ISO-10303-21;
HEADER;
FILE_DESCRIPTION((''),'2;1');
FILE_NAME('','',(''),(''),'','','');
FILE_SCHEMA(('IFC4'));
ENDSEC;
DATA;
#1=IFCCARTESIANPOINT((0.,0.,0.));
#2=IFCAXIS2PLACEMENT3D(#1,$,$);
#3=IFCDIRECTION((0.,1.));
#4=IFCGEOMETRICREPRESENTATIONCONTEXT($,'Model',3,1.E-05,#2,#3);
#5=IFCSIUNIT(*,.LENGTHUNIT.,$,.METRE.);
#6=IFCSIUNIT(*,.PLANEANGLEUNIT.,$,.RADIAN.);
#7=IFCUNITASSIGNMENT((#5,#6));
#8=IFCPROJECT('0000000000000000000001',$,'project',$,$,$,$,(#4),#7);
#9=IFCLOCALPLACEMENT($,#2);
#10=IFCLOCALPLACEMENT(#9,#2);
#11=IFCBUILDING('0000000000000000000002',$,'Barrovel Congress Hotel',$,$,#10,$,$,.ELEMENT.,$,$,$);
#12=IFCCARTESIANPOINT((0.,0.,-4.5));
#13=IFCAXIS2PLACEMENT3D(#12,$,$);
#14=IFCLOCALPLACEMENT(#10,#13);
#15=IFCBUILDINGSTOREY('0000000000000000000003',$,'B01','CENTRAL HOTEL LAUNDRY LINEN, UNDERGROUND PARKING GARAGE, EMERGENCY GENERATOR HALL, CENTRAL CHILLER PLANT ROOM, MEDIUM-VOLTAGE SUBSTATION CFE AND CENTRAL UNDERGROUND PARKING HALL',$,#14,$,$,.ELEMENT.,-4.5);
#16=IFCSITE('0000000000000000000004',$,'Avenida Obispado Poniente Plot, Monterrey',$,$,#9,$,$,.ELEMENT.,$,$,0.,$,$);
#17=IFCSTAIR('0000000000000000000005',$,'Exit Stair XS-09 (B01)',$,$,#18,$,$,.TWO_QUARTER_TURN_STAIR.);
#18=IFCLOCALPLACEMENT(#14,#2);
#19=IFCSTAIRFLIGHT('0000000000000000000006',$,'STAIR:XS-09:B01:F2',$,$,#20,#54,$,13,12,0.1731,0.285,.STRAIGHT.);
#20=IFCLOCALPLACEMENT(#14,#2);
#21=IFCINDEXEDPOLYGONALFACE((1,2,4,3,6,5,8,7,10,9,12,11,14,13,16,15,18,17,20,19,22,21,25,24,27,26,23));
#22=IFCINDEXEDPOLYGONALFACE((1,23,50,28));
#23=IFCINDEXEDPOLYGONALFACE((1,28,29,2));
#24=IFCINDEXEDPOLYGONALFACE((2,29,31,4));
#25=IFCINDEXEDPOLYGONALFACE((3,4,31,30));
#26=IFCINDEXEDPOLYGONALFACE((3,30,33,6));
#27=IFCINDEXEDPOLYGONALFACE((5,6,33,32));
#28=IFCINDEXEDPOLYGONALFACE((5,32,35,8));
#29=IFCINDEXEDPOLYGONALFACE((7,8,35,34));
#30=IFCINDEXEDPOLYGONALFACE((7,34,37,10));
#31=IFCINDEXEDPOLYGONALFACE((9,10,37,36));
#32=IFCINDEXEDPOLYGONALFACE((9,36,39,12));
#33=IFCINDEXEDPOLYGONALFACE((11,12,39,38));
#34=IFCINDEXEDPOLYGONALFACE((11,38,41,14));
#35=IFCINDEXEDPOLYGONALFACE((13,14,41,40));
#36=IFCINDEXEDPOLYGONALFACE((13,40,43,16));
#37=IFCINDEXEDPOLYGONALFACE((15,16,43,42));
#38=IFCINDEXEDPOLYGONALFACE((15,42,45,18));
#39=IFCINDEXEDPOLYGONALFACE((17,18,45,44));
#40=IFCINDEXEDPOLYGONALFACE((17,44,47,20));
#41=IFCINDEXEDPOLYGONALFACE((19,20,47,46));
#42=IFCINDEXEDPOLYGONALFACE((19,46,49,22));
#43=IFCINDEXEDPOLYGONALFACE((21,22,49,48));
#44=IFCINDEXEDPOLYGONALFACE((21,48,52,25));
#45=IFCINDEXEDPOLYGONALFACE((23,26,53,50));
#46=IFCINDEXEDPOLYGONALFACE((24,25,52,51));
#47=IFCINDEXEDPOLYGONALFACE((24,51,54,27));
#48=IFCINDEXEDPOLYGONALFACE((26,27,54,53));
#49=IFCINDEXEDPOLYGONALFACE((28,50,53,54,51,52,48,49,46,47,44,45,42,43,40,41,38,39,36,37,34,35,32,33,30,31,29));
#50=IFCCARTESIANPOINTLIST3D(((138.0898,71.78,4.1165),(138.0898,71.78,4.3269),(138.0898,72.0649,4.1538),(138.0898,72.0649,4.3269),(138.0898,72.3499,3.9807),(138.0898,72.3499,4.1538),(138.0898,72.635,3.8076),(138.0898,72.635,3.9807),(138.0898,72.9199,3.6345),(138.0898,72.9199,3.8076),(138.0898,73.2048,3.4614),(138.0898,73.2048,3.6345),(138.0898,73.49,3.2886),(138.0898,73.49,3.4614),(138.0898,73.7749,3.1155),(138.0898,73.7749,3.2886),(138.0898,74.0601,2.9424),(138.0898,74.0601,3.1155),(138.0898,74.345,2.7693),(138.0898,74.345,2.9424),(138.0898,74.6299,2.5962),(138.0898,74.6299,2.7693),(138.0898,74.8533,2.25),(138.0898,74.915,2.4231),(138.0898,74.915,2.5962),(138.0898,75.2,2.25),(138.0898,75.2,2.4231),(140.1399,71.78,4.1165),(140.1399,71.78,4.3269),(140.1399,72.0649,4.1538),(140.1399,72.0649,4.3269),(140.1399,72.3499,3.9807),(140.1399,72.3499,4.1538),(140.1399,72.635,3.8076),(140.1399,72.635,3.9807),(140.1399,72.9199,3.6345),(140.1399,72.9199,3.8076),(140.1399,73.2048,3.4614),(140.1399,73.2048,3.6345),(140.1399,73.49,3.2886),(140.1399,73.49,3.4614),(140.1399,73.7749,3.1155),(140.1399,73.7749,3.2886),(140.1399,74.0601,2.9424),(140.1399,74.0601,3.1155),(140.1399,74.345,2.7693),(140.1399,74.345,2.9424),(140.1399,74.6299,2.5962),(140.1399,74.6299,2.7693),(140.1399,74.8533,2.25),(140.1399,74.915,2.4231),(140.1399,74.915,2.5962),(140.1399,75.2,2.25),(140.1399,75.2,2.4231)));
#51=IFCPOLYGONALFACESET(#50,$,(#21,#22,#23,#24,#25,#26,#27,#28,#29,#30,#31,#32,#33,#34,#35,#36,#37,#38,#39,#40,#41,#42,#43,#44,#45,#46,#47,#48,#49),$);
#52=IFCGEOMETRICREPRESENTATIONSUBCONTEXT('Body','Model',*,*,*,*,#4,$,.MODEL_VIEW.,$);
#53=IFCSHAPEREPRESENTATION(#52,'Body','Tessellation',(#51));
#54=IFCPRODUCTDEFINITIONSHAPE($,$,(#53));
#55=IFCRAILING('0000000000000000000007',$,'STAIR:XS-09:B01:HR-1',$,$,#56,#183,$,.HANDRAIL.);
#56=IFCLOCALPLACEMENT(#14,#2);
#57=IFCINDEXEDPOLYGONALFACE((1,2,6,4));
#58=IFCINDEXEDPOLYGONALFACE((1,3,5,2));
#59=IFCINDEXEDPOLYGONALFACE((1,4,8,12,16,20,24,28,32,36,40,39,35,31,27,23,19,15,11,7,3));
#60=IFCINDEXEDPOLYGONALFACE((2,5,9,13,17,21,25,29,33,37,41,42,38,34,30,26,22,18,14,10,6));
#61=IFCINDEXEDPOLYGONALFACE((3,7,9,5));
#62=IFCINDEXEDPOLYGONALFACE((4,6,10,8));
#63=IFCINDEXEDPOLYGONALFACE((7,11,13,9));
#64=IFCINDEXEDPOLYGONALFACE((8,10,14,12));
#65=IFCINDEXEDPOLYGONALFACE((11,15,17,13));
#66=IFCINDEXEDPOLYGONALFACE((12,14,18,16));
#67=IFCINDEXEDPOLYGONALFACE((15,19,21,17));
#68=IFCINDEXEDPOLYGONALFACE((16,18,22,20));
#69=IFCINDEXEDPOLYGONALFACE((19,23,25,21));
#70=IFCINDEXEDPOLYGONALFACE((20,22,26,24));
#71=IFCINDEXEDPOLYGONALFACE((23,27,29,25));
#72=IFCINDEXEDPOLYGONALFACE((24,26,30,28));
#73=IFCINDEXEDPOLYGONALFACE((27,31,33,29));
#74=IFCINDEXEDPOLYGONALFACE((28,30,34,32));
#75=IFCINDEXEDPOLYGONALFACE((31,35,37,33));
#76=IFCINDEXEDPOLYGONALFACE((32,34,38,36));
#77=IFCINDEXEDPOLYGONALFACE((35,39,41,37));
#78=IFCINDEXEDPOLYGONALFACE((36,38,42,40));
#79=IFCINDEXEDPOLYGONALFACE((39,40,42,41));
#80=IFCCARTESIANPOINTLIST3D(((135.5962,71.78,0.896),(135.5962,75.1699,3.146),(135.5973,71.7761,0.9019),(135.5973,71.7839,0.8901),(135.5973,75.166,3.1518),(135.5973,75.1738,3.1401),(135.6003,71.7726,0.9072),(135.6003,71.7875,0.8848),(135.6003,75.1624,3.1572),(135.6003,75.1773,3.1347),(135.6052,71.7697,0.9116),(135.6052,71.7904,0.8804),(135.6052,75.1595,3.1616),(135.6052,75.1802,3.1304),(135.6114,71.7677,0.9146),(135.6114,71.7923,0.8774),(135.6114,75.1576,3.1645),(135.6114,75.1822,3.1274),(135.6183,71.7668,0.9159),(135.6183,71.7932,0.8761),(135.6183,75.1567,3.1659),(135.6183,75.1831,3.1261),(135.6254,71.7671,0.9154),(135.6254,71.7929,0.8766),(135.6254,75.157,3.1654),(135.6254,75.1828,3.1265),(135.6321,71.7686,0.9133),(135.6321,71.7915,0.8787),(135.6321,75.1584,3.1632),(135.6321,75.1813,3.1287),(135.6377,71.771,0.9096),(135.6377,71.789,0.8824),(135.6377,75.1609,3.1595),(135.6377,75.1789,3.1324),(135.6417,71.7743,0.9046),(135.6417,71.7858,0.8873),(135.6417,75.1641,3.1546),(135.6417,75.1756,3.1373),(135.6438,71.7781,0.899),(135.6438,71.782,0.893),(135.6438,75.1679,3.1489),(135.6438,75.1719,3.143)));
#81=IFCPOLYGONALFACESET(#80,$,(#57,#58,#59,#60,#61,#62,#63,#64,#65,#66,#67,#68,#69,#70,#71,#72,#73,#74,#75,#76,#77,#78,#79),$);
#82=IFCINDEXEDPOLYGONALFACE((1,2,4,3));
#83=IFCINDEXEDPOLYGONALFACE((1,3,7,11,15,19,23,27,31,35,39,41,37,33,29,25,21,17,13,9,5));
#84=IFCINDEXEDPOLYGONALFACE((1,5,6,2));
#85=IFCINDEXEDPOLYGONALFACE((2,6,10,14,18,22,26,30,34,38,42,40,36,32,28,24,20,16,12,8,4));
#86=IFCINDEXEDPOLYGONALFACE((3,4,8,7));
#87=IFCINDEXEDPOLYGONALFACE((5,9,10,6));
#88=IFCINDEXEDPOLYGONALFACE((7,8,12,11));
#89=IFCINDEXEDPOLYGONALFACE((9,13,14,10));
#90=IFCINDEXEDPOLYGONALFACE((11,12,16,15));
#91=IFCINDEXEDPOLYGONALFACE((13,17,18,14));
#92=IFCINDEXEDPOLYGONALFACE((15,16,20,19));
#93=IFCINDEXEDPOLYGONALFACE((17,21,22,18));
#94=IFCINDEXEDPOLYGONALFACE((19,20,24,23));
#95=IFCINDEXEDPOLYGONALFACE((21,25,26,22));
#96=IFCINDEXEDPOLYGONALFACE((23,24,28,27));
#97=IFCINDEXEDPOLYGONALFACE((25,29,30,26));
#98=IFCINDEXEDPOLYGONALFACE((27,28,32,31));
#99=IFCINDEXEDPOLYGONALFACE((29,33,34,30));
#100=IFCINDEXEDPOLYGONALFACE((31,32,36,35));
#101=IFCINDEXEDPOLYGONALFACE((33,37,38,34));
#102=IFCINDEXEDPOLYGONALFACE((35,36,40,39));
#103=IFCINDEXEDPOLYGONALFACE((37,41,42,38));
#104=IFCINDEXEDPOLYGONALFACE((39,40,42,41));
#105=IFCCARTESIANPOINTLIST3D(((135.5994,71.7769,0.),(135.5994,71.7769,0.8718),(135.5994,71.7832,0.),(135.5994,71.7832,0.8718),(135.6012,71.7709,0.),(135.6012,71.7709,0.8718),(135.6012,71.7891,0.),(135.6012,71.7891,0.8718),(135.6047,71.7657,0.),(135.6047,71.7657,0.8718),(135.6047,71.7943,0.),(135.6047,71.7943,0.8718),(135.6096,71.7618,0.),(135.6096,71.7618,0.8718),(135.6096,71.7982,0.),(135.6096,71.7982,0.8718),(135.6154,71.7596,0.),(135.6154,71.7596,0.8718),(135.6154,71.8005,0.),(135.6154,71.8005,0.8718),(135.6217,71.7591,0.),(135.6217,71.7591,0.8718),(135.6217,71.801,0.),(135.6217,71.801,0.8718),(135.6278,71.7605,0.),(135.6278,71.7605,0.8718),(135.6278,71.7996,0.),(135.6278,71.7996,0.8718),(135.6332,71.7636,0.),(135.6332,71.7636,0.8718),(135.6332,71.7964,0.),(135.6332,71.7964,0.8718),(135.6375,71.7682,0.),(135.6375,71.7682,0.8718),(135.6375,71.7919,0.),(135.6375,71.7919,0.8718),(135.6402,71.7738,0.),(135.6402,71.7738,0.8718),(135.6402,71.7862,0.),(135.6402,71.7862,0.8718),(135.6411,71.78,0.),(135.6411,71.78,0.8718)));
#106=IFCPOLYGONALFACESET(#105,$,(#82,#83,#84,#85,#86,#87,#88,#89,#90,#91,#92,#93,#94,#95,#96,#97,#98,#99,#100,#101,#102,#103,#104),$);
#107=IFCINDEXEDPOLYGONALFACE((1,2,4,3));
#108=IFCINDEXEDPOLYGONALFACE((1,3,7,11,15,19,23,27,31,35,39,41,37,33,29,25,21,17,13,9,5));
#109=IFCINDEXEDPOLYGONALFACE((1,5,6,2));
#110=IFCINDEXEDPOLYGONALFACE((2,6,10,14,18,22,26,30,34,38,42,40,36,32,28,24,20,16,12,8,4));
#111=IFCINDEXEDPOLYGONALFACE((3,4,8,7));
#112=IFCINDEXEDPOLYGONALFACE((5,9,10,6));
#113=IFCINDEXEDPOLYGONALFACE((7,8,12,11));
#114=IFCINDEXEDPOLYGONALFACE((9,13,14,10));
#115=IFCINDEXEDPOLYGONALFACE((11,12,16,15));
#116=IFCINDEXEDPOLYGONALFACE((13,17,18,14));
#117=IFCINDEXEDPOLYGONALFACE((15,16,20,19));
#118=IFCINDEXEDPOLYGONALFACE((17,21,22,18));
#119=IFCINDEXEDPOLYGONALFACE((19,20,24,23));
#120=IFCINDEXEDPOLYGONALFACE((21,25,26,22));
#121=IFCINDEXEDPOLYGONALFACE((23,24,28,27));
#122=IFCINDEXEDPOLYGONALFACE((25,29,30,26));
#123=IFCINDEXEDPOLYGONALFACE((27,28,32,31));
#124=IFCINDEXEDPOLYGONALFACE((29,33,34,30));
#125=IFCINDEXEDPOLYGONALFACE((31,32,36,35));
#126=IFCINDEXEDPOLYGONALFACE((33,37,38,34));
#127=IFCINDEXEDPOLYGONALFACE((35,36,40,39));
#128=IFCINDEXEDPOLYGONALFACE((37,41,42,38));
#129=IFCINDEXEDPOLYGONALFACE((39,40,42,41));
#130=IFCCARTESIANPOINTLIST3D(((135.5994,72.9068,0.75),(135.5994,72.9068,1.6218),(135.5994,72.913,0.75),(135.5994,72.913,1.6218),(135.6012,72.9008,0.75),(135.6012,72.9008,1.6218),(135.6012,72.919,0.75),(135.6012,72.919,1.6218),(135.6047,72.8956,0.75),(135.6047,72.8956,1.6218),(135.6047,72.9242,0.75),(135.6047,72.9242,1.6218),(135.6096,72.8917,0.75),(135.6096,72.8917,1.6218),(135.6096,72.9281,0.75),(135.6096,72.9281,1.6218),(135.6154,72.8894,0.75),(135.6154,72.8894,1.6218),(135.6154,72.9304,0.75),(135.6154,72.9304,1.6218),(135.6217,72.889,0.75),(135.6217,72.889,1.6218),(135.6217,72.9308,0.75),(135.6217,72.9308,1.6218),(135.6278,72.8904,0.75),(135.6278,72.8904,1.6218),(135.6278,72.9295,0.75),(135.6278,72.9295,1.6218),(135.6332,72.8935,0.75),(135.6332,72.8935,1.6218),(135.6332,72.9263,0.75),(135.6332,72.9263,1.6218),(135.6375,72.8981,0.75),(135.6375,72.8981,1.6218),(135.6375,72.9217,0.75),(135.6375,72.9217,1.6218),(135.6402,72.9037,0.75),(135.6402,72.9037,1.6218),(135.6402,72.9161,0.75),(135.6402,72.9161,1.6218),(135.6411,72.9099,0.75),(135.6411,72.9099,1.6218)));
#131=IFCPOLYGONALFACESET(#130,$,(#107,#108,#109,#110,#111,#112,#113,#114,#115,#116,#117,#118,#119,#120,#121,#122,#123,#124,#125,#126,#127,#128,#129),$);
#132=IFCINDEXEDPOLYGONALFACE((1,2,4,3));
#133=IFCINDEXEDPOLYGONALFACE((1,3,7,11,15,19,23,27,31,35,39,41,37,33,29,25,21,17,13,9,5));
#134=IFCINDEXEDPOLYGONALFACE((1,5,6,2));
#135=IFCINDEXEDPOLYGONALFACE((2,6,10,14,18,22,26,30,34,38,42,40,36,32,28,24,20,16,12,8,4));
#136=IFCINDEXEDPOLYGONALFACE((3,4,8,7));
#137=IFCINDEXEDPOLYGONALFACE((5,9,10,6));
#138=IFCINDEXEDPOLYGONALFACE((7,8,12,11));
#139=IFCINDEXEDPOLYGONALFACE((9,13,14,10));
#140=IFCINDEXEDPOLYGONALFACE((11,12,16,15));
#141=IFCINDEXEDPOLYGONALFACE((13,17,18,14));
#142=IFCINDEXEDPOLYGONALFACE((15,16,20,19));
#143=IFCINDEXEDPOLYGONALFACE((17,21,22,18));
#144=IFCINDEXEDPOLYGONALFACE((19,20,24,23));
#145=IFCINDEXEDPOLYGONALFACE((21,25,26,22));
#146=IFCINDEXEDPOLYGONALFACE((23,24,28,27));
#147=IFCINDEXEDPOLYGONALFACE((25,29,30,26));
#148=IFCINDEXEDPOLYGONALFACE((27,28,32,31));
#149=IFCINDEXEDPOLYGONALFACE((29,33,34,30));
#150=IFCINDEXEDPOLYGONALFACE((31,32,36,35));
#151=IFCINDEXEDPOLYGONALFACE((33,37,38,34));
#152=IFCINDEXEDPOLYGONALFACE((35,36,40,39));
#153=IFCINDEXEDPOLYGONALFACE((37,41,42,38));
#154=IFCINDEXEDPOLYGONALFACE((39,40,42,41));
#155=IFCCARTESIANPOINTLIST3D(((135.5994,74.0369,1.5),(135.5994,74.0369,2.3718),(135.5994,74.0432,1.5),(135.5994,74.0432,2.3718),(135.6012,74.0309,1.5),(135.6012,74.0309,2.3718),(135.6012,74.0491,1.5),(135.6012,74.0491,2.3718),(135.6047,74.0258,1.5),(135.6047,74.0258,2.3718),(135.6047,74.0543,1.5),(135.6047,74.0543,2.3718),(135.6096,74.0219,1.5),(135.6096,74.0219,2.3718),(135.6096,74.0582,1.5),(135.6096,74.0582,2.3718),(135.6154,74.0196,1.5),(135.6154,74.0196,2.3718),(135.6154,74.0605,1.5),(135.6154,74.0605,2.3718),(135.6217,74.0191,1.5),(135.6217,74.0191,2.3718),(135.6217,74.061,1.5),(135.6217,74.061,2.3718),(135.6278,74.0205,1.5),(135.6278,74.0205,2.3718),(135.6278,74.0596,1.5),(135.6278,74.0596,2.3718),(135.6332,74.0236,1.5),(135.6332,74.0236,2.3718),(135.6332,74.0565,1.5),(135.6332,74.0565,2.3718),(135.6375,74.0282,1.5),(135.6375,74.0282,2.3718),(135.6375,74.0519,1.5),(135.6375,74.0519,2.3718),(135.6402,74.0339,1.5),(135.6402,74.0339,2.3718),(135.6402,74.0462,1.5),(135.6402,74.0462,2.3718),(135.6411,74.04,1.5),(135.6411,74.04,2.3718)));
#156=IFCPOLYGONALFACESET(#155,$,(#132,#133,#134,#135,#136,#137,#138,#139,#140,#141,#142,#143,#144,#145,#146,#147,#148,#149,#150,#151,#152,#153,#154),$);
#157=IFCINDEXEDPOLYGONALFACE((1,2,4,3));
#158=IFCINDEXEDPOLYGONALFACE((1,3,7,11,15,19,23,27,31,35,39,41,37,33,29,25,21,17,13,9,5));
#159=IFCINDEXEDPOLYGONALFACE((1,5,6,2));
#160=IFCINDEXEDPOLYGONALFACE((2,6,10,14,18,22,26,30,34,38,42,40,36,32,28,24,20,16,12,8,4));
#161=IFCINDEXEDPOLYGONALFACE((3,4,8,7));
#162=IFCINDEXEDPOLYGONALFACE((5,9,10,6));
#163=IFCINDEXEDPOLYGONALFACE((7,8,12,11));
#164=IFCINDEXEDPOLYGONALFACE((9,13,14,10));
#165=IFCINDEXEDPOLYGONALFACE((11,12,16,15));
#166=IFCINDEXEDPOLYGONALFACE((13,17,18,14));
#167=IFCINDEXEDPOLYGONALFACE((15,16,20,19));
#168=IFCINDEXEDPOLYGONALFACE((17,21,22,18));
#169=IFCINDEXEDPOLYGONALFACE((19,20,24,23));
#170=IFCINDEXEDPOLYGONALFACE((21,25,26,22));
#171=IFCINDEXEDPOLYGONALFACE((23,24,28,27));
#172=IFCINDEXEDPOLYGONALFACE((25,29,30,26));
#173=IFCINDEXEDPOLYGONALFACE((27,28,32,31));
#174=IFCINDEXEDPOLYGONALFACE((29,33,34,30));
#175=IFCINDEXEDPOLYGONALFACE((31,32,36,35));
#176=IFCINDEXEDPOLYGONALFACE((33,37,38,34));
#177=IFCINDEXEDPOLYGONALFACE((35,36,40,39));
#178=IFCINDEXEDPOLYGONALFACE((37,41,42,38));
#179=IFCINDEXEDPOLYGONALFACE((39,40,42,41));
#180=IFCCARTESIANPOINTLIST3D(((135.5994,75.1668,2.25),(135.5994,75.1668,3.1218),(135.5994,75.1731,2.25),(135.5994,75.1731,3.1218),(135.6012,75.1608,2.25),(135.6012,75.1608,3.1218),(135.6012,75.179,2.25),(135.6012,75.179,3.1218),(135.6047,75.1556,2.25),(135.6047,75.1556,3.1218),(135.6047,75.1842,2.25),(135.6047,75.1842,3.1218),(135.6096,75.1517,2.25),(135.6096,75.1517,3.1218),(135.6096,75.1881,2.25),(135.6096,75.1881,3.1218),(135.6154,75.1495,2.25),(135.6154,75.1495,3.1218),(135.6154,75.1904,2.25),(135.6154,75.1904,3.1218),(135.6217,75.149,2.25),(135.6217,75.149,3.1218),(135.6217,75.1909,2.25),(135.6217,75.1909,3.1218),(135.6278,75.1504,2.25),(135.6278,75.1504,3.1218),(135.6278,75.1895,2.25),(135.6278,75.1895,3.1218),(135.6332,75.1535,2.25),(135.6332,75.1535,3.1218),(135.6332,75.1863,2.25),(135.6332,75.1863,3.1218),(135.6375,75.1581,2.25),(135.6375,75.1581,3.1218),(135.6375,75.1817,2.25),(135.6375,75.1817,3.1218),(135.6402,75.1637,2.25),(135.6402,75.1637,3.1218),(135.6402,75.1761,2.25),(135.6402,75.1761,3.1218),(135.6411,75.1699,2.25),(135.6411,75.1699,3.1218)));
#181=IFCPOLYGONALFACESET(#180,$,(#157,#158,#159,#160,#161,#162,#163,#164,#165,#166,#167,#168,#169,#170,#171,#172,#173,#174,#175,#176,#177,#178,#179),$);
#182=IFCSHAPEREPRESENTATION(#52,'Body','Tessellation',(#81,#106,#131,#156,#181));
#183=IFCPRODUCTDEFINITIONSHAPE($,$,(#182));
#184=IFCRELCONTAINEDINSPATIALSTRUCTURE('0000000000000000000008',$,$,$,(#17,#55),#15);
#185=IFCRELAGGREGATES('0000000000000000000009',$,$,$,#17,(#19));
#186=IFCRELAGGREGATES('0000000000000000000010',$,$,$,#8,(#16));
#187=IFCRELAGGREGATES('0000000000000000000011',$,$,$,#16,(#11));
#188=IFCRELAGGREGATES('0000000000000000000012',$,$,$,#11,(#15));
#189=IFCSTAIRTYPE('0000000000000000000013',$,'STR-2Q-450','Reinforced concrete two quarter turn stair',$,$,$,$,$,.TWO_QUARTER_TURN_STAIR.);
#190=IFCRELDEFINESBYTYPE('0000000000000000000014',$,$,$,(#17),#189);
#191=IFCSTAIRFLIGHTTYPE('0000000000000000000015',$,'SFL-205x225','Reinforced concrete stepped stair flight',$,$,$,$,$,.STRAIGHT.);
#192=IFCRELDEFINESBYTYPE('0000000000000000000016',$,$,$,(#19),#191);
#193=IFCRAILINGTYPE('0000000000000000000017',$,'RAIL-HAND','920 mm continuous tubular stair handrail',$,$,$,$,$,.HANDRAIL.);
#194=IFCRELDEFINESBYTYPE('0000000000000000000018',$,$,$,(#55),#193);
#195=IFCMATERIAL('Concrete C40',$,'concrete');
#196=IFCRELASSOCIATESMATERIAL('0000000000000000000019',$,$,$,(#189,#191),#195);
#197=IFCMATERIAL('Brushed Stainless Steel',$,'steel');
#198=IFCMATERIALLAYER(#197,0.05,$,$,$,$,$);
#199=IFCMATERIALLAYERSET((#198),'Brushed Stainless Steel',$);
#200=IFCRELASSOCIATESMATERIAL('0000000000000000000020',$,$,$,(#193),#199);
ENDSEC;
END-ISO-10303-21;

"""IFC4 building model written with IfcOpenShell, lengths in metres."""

from ifc_helpers import new_model, si_unit, direction, frame, origin, origin_2d, place, context, subcontext, project, spatial, polyline, circle, outline, extrude, material, layer, layer_set, type_object, element, aggregate, save


model = new_model("IFC4")

# Units and contexts
model_context = context("Model", 3, precision=1e-05, world=origin(), true_north=direction((0.0, 1.0)))
body_context = subcontext(model_context, "Body", "Model", "MODEL_VIEW")
ifc_project = project(units=[si_unit("LENGTHUNIT", "METRE"), si_unit("PLANEANGLEUNIT", "RADIAN")], contexts=[model_context])

# Site, building, storey
site_placement = place(None, origin())
site = spatial("IfcSite", under=ifc_project, at=site_placement, Name="Avenida Obispado Poniente Plot, Monterrey", CompositionType="ELEMENT", RefElevation=0.0)
building_placement = place(site_placement, origin())
building = spatial("IfcBuilding", under=site, at=building_placement, Name="Barrovel Congress Hotel", CompositionType="ELEMENT")
storey_placement = place(building_placement, frame((0.0, 0.0, -4.5)))
storey = spatial("IfcBuildingStorey", under=building, at=storey_placement, Name="B01", Description="CENTRAL HOTEL LAUNDRY LINEN, UNDERGROUND PARKING GARAGE, EMERGENCY GENERATOR HALL, CENTRAL CHILLER PLANT ROOM, MEDIUM-VOLTAGE SUBSTATION CFE AND CENTRAL UNDERGROUND PARKING HALL", CompositionType="ELEMENT", Elevation=-4.5)

# Shared definitions
ifc_material_1 = material(Name="Concrete C40", Category="concrete")

# Stair, stair flight
stair_type = type_object("IfcStairType", Name="STR-2Q-450", Description="Reinforced concrete two quarter turn stair", PredefinedType="TWO_QUARTER_TURN_STAIR", material=ifc_material_1)
stair_placement = place(storey_placement, origin())
stair = element("IfcStair", 1, at=stair_placement, inside=storey, type_object=stair_type, Name="Exit Stair XS-09 (B01)", PredefinedType="TWO_QUARTER_TURN_STAIR")
stair_flight_type = type_object("IfcStairFlightType", Name="SFL-205x225", Description="Reinforced concrete stepped stair flight", PredefinedType="STRAIGHT", material=ifc_material_1)
stair_flight_1_placement = place(storey_placement, frame((139.115, 75.2, 2.25), z_axis=(0.0, 0.0, 1.0), x_axis=(0.0, -1.0, 0.0)))
stair_flight_1 = element("IfcStairFlight", 2, at=stair_flight_1_placement, type_object=stair_flight_type, Name="STAIR:XS-09:B01:F2", NumberOfRisers=13, NumberOfTreads=12, PredefinedType="STRAIGHT", RiserHeight=0.1731, TreadLength=0.285, context=body_context, shape_type="SweptSolid", body=[
    extrude(outline(polyline([(0.0, 0.0), (0.0, 0.1731), (0.2849, 0.1731), (0.2849, 0.3462), (0.5701, 0.3462), (0.5701, 0.5193), (0.855, 0.5193), (0.855, 0.6924), (1.1399, 0.6924), (1.1399, 0.8655), (1.425, 0.8655), (1.425, 1.0386), (1.71, 1.0386), (1.71, 1.2114), (1.9951, 1.2114), (1.9951, 1.3845), (2.28, 1.3845), (2.28, 1.5576), (2.5649, 1.5576), (2.5649, 1.7307), (2.8501, 1.7307), (2.8501, 1.9038), (3.135, 1.9038), (3.135, 2.0769), (3.4199, 2.0769), (3.4199, 2.25), (3.4199, 1.8665), (0.3467, 0.0), (0.0, 0.0)])), frame((0.0, 1.0249, 0.0), z_axis=(0.0, -1.0, 0.0), x_axis=(1.0, 0.0, 0.0)), (0.0, 0.0, 1.0), 2.05),
])
aggregate(stair, [stair_flight_1])

# Railing
ifc_material_2 = material(Name="Brushed Stainless Steel", Category="steel")
ifc_layer_1 = layer(ifc_material_2, 0.05)
ifc_layer_set_1 = layer_set([ifc_layer_1], Name="Brushed Stainless Steel")
railing_type_1 = type_object("IfcRailingType", Name="RAIL-HAND", Description="920 mm continuous tubular stair handrail", PredefinedType="HANDRAIL", material=ifc_layer_set_1)
railing_1_placement = place(storey_placement, frame((135.6201, 71.78, 0.0)))
element("IfcRailing", 3, at=railing_1_placement, inside=storey, type_object=railing_type_1, Name="STAIR:XS-09:B01:HR-1", PredefinedType="HANDRAIL", context=body_context, shape_type="SweptSolid", body=[
    extrude(circle(Radius=0.0239, at=origin_2d()), frame((0.0, 0.0, 0.896), z_axis=(0.0, 0.833175, 0.55301), x_axis=(-1.0, 0.0, 0.0)), (0.0, 0.0, 1.0), 4.0686),
    extrude(circle(Radius=0.021, at=origin_2d()), origin(), (0.0, 0.0, 1.0), 0.8718),
    extrude(circle(Radius=0.021, at=origin_2d()), frame((0.0, 1.1299, 0.75)), (0.0, 0.0, 1.0), 0.8718),
    extrude(circle(Radius=0.021, at=origin_2d()), frame((0.0, 2.26, 1.5)), (0.0, 0.0, 1.0), 0.8718),
    extrude(circle(Radius=0.021, at=origin_2d()), frame((0.0, 3.3899, 2.25)), (0.0, 0.0, 1.0), 0.8718),
])

save(model, "model.ifc")
